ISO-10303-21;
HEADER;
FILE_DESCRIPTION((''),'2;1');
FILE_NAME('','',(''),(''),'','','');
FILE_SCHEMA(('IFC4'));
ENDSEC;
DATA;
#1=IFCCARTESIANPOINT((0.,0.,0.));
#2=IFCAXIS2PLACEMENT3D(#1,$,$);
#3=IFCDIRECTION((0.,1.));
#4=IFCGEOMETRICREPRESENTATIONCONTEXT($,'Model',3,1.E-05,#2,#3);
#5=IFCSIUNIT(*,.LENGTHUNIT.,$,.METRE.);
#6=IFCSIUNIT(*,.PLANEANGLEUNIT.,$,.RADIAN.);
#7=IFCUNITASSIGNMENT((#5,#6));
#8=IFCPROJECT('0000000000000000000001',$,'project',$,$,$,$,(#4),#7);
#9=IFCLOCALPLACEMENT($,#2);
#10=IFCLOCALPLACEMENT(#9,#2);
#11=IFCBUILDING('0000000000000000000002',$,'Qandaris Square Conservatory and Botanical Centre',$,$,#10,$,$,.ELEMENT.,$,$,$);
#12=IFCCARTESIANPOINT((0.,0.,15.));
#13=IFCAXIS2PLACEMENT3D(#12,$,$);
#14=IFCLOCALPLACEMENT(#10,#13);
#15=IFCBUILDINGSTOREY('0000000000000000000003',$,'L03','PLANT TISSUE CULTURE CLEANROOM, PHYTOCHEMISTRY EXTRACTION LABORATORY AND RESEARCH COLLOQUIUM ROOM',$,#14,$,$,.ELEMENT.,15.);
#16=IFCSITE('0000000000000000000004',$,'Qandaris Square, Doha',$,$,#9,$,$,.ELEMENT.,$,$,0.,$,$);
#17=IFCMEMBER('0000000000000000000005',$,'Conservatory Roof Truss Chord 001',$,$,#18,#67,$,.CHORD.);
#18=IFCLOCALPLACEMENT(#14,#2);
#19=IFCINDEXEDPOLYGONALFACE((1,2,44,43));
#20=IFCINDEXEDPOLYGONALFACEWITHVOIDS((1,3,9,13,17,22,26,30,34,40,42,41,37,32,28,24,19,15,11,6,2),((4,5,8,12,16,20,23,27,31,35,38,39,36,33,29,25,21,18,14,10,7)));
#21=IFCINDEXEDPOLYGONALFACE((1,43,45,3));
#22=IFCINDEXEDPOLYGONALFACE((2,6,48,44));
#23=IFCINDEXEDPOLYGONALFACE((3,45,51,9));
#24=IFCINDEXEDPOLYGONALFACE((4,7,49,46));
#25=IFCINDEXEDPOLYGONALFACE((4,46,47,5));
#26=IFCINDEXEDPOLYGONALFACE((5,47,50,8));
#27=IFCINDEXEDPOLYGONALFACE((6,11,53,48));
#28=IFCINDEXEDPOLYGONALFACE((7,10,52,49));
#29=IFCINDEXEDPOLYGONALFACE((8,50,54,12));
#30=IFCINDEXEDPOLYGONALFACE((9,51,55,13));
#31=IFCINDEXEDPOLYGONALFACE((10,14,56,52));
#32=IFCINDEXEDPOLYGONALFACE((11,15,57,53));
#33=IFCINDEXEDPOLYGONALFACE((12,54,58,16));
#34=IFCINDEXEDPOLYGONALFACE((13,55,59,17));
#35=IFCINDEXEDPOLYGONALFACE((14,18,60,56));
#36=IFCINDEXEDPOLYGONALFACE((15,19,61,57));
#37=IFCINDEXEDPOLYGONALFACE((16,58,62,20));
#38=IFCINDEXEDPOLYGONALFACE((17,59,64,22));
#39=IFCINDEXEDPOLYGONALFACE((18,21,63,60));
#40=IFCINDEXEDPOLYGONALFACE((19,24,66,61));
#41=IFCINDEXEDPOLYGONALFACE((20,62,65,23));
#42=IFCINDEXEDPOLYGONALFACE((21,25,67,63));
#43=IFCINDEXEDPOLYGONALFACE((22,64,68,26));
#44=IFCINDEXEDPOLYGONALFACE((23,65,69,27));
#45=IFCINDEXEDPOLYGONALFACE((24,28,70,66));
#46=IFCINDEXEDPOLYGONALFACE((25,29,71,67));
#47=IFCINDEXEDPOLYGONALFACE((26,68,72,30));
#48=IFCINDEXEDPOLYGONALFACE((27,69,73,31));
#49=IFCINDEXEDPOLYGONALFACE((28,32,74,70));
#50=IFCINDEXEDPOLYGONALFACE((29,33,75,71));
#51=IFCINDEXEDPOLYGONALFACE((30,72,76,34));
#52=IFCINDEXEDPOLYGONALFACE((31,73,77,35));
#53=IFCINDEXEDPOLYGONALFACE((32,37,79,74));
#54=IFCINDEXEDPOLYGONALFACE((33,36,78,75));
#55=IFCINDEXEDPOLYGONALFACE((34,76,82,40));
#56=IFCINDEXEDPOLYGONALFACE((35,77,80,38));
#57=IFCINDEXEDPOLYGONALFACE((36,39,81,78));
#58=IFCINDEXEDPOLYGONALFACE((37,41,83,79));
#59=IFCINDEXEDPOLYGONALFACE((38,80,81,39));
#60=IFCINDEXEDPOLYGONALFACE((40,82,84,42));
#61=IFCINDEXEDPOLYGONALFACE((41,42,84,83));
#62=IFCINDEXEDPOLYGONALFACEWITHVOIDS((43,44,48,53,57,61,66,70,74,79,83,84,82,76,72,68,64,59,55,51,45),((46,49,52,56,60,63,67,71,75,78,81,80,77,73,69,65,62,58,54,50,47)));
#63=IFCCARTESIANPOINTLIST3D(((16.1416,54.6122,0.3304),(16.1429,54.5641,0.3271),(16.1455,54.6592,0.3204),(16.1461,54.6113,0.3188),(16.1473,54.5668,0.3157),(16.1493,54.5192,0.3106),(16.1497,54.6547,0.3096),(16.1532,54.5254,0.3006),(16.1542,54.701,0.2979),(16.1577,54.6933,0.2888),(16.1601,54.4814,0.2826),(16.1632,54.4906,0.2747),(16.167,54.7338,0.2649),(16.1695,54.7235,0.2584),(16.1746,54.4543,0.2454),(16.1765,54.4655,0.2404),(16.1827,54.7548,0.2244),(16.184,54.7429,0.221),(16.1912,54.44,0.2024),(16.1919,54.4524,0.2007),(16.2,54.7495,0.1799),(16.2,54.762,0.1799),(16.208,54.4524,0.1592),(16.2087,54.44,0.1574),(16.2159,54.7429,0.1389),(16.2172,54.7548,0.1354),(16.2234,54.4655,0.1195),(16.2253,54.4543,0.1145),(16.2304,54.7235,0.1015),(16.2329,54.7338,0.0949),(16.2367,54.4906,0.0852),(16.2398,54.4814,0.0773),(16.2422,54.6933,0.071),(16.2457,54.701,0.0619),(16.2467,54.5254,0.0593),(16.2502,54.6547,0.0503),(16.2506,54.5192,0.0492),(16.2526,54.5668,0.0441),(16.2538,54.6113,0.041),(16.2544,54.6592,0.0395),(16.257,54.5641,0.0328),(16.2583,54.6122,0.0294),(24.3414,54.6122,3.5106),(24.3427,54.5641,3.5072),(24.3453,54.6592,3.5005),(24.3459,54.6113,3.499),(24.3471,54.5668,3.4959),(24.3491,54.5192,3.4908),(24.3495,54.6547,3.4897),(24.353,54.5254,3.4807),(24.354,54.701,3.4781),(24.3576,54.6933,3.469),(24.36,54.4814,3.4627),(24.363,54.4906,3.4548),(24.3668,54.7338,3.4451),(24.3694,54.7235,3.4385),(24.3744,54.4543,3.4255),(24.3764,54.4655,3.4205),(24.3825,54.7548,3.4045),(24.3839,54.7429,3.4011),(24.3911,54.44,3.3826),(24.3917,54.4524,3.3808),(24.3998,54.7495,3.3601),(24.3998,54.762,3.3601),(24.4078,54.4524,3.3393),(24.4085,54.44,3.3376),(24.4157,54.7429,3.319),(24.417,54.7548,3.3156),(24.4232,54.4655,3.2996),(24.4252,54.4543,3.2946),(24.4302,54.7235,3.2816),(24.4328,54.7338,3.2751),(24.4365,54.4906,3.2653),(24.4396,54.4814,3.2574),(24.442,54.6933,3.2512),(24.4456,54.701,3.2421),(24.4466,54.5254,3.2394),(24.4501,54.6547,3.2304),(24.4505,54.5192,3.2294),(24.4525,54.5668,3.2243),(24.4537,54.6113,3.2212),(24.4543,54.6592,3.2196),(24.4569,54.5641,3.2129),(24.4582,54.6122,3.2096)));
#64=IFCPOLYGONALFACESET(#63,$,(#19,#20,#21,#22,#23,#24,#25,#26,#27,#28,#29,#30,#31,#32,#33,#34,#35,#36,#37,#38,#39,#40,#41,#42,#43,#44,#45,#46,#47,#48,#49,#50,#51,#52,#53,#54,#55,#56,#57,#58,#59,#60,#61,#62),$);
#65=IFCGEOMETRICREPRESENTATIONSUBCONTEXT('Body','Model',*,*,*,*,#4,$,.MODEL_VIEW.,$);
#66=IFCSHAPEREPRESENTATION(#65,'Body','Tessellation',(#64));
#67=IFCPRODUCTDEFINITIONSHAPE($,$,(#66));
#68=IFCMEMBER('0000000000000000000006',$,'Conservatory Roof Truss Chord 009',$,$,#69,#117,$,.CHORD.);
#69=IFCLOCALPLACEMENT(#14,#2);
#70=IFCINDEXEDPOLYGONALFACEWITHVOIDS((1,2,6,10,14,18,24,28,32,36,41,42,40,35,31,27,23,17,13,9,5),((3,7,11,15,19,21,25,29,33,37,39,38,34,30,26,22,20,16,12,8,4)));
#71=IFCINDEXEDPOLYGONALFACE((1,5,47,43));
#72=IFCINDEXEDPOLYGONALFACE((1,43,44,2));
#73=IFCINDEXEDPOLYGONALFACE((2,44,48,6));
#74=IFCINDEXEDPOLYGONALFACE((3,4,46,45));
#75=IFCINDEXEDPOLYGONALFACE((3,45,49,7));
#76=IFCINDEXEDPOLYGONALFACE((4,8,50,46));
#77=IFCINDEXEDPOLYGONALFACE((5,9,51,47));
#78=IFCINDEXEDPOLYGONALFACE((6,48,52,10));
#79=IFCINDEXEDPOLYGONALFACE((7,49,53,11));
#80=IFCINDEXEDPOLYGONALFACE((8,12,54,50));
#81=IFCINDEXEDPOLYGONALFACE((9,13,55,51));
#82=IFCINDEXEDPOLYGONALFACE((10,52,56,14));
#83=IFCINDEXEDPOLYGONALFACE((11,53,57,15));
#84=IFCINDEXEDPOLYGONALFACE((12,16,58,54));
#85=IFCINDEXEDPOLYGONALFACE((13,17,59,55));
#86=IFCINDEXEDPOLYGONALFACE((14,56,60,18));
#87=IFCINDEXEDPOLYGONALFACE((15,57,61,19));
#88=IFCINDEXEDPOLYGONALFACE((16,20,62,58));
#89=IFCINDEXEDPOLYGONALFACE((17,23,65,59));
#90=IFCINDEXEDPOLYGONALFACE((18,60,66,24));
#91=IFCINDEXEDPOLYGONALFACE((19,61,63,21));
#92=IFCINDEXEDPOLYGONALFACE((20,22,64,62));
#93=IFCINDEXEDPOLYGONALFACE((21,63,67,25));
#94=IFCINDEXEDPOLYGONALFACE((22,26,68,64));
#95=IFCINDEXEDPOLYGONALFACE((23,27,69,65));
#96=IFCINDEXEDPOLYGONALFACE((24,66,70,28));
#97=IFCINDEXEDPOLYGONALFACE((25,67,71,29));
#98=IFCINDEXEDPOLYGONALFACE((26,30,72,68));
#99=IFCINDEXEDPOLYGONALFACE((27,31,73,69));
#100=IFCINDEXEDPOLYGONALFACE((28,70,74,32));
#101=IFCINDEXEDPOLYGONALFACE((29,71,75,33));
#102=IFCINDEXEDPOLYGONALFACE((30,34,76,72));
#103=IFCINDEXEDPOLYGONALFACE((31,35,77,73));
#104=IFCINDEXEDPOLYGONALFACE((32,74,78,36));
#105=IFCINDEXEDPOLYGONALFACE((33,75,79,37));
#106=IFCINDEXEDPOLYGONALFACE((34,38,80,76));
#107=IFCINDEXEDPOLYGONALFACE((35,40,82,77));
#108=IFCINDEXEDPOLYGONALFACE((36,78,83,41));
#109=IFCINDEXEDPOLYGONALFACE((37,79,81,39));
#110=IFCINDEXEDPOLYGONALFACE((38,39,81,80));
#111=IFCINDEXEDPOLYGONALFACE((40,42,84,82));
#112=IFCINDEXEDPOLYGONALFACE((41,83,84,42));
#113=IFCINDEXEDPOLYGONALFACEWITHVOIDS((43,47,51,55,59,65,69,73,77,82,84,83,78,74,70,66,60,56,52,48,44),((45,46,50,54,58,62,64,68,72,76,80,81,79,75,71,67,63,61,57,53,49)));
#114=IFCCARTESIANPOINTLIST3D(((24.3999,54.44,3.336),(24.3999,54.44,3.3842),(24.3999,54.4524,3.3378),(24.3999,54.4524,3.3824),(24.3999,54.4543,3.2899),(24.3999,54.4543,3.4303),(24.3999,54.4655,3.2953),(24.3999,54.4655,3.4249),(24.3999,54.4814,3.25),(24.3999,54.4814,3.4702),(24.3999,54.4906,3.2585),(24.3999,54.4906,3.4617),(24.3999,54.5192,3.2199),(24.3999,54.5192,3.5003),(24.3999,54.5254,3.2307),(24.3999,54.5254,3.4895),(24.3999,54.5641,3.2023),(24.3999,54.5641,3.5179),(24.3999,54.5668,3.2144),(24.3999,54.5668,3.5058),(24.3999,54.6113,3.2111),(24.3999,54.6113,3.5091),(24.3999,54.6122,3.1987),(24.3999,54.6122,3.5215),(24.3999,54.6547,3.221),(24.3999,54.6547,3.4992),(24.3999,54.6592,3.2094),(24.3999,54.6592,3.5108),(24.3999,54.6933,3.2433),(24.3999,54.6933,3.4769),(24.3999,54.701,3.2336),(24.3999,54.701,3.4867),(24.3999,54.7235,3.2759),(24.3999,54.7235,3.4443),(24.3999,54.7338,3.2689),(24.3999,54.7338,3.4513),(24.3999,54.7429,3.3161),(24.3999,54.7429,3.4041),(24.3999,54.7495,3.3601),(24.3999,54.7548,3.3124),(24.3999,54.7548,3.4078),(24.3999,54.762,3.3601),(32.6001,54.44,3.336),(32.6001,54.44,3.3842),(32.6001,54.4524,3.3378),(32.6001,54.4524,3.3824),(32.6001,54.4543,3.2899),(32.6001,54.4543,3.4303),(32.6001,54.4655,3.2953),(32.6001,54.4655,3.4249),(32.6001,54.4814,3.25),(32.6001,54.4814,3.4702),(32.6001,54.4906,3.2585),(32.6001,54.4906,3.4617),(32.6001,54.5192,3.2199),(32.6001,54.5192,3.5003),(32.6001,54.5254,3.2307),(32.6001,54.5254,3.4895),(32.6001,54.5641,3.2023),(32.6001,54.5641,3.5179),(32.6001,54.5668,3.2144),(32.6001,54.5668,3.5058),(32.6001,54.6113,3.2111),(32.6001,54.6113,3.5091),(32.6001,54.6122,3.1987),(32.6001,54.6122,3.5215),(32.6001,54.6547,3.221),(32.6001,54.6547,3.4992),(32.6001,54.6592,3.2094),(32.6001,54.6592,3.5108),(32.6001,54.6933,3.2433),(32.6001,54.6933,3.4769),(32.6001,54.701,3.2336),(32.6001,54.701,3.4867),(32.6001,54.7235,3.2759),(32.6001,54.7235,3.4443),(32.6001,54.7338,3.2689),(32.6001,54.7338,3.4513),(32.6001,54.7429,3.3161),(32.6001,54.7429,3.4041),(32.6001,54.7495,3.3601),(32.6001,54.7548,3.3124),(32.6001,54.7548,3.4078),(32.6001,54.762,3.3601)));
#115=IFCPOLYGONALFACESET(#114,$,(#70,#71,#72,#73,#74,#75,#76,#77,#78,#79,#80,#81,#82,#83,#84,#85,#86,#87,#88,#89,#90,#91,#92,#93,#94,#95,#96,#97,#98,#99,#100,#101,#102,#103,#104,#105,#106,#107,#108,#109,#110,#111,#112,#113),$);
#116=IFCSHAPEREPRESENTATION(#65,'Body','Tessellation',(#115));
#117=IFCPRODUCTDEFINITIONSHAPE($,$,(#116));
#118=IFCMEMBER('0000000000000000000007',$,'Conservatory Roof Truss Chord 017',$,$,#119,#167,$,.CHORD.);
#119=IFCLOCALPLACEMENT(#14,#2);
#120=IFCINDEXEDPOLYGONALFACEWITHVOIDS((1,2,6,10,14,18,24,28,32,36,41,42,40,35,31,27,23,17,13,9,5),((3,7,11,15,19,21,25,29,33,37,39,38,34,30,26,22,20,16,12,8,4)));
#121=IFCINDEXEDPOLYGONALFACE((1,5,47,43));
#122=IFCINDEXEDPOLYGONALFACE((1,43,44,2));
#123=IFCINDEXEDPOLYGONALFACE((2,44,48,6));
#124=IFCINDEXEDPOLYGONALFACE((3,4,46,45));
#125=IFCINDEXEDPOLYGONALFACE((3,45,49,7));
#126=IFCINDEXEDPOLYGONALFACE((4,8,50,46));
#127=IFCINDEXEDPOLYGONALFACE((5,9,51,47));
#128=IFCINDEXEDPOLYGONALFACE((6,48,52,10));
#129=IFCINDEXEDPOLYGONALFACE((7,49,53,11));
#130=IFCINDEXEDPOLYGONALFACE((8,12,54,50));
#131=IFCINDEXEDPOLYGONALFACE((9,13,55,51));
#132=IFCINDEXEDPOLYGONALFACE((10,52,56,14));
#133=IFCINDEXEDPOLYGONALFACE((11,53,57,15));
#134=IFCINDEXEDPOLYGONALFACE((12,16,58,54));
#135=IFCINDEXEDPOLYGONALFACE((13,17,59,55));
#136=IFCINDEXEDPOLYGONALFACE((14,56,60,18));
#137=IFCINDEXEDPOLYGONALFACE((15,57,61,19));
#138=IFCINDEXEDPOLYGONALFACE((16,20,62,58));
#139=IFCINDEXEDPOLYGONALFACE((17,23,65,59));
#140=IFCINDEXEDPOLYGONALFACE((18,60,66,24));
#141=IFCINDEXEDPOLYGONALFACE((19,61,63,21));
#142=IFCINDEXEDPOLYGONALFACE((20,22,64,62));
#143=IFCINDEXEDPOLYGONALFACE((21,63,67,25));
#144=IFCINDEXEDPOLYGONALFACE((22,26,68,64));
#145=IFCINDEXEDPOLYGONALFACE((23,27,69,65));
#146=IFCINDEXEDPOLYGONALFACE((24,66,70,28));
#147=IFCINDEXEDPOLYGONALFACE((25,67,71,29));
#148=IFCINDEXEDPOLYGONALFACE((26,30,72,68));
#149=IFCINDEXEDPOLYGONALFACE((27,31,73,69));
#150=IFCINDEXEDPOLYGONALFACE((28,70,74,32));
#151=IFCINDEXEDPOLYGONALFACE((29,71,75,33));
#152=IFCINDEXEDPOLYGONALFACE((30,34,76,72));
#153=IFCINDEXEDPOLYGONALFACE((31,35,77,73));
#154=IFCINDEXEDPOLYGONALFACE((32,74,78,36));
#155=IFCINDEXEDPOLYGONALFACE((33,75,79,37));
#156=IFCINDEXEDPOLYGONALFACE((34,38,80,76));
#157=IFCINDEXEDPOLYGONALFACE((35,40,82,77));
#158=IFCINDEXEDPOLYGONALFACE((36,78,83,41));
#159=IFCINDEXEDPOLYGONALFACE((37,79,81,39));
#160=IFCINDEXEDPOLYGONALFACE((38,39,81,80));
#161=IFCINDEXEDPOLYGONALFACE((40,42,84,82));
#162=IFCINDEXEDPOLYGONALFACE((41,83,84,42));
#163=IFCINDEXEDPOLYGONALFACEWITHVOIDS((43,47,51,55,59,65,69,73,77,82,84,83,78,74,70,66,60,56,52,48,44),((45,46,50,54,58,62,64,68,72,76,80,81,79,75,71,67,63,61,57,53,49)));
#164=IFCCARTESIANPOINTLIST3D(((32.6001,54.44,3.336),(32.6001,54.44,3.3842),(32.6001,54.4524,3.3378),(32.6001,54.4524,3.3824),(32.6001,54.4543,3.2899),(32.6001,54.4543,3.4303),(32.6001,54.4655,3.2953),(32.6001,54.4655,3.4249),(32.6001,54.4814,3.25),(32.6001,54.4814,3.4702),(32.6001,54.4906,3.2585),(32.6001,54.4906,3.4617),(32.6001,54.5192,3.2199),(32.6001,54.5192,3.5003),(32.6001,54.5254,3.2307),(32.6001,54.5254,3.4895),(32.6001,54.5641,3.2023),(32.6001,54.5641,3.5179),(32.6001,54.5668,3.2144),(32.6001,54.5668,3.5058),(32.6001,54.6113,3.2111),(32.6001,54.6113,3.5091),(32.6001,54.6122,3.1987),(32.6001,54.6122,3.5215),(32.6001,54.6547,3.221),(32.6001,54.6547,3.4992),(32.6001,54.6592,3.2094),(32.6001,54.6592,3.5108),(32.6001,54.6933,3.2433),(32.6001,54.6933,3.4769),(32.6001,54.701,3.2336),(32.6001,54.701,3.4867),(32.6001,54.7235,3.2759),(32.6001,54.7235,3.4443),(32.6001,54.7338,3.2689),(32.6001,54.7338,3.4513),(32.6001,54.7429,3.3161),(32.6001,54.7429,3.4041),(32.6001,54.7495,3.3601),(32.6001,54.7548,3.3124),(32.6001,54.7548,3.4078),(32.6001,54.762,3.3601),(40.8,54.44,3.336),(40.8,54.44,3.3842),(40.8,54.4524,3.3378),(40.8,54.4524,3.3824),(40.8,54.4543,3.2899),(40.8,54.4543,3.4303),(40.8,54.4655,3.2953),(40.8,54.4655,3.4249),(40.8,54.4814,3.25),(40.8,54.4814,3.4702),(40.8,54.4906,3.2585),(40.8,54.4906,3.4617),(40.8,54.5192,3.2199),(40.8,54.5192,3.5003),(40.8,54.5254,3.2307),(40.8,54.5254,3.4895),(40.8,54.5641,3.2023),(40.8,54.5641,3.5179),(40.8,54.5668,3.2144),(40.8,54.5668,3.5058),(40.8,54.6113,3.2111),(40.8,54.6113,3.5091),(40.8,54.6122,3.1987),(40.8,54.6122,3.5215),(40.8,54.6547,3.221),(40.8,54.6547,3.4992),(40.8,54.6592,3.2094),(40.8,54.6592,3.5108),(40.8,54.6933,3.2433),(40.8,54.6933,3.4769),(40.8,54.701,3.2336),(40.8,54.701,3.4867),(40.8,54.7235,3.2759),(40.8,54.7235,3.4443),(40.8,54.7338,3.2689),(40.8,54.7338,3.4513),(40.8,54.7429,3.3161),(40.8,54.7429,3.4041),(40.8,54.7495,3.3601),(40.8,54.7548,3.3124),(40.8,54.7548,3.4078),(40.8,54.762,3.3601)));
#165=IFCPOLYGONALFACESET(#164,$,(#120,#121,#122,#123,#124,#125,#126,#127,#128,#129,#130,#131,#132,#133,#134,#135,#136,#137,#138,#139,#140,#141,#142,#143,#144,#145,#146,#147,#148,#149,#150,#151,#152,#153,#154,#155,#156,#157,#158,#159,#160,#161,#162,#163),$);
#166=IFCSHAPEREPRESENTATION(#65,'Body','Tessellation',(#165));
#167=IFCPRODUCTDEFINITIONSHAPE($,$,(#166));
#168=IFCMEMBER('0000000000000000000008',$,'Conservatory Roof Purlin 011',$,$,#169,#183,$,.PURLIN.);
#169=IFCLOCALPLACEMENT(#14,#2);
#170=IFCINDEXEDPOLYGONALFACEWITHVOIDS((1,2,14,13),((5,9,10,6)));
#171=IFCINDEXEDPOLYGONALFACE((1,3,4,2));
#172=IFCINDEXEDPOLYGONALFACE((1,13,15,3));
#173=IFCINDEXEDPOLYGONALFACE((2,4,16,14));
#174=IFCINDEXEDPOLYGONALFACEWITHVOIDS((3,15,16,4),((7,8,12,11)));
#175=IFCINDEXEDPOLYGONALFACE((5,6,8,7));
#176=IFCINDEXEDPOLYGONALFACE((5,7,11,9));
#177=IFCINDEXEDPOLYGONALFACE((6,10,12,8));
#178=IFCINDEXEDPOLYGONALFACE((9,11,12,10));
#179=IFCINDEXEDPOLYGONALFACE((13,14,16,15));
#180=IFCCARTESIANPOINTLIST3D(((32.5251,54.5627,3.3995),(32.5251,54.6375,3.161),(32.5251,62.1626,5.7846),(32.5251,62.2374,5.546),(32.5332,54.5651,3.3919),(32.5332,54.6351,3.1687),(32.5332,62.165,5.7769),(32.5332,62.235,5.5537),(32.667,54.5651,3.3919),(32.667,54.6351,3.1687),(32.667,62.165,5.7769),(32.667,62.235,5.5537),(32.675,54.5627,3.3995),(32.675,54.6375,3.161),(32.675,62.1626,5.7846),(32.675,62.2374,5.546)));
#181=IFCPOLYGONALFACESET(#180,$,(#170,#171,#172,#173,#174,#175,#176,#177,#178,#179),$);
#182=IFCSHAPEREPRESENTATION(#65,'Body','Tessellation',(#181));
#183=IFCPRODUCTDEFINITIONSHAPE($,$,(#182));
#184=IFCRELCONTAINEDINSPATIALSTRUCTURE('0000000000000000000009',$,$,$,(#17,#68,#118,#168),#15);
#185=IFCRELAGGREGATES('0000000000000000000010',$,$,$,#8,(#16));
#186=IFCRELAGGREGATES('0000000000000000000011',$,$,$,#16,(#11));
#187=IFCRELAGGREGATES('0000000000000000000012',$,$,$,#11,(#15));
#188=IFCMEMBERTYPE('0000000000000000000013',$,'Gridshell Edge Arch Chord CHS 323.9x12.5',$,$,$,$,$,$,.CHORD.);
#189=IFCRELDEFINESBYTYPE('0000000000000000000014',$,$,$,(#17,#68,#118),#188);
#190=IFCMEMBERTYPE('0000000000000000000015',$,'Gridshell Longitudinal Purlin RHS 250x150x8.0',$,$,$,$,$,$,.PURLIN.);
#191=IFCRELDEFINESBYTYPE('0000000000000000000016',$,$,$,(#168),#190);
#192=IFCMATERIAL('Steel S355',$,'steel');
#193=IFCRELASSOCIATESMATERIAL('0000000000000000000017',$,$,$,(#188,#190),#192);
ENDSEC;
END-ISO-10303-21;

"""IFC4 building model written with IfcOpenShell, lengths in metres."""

from ifc_helpers import new_model, si_unit, direction, frame, origin, origin_2d, place, context, subcontext, project, spatial, hollow_rectangle, hollow_circle, extrude, material, material_profile, profile_set, type_object, element, save


model = new_model("IFC4")

# Units and contexts
model_context = context("Model", 3, precision=1e-05, world=origin(), true_north=direction((0.0, 1.0)))
body_context = subcontext(model_context, "Body", "Model", "MODEL_VIEW")
ifc_project = project(units=[si_unit("LENGTHUNIT", "METRE"), si_unit("PLANEANGLEUNIT", "RADIAN")], contexts=[model_context])

# Site, building, storey
site_placement = place(None, origin())
site = spatial("IfcSite", under=ifc_project, at=site_placement, Name="Qandaris Square, Doha", CompositionType="ELEMENT", RefElevation=0.0)
building_placement = place(site_placement, origin())
building = spatial("IfcBuilding", under=site, at=building_placement, Name="Qandaris Square Conservatory and Botanical Centre", CompositionType="ELEMENT")
storey_placement = place(building_placement, frame((0.0, 0.0, 15.0)))
storey = spatial("IfcBuildingStorey", under=building, at=storey_placement, Name="L03", Description="PLANT TISSUE CULTURE CLEANROOM, PHYTOCHEMISTRY EXTRACTION LABORATORY AND RESEARCH COLLOQUIUM ROOM", CompositionType="ELEMENT", Elevation=15.0)

# Members
ifc_material_1 = material(Name="Steel S355", Category="steel")
ifc_material_profile_1 = material_profile(ifc_material_1, hollow_circle(Radius=0.1619, WallThickness=0.0125, at=origin_2d()), Name="CHS 323.9x12.5")
ifc_profile_set_1 = profile_set([ifc_material_profile_1], Name="Steel S355")
member_type_1 = type_object("IfcMemberType", Name="Gridshell Edge Arch Chord CHS 323.9x12.5", PredefinedType="CHORD", material=ifc_profile_set_1)
member_1_placement = place(storey_placement, frame((16.2, 54.6001, 0.1799), z_axis=(0.932338, 0.0, 0.361587), x_axis=(0.0, 1.0, 0.0)))
element("IfcMember", 1, at=member_1_placement, inside=storey, type_object=member_type_1, Name="Conservatory Roof Truss Chord 001", PredefinedType="CHORD", context=body_context, shape_type="SweptSolid", body=[
    extrude(hollow_circle(Radius=0.1619, WallThickness=0.0125, at=origin_2d()), origin(), (0.0, 0.0, 1.0), 8.7949),
])
member_2_placement = place(storey_placement, frame((24.3999, 54.6001, 3.3601), z_axis=(1.0, 0.0, 0.0), x_axis=(0.0, 1.0, 0.0)))
element("IfcMember", 2, at=member_2_placement, inside=storey, type_object=member_type_1, Name="Conservatory Roof Truss Chord 009", PredefinedType="CHORD", context=body_context, shape_type="SweptSolid", body=[
    extrude(hollow_circle(Radius=0.1619, WallThickness=0.0125, at=origin_2d()), origin(), (0.0, 0.0, 1.0), 8.2002),
])
member_3_placement = place(storey_placement, frame((32.6001, 54.6001, 3.3601), z_axis=(1.0, 0.0, 0.0), x_axis=(0.0, 1.0, 0.0)))
element("IfcMember", 3, at=member_3_placement, inside=storey, type_object=member_type_1, Name="Conservatory Roof Truss Chord 017", PredefinedType="CHORD", context=body_context, shape_type="SweptSolid", body=[
    extrude(hollow_circle(Radius=0.1619, WallThickness=0.0125, at=origin_2d()), origin(), (0.0, 0.0, 1.0), 8.2),
])
ifc_material_profile_2 = material_profile(ifc_material_1, hollow_rectangle(XDim=0.1499, YDim=0.25, WallThickness=0.0081, at=origin_2d()), Name="RHS 250x150x8.0")
ifc_profile_set_2 = profile_set([ifc_material_profile_2], Name="Steel S355")
member_type_2 = type_object("IfcMemberType", Name="Gridshell Longitudinal Purlin RHS 250x150x8.0", PredefinedType="PURLIN", material=ifc_profile_set_2)
member_4_placement = place(storey_placement, frame((32.6001, 54.6001, 3.2803), z_axis=(0.0, 0.95412, 0.299425), x_axis=(-1.0, 0.0, 0.0)))
element("IfcMember", 4, at=member_4_placement, inside=storey, type_object=member_type_2, Name="Conservatory Roof Purlin 011", PredefinedType="PURLIN", context=body_context, shape_type="SweptSolid", body=[
    extrude(hollow_rectangle(XDim=0.1499, YDim=0.25, WallThickness=0.0081, at=origin_2d()), origin(), (0.0, 0.0, 1.0), 7.9653),
])

save(model, "model.ifc")
